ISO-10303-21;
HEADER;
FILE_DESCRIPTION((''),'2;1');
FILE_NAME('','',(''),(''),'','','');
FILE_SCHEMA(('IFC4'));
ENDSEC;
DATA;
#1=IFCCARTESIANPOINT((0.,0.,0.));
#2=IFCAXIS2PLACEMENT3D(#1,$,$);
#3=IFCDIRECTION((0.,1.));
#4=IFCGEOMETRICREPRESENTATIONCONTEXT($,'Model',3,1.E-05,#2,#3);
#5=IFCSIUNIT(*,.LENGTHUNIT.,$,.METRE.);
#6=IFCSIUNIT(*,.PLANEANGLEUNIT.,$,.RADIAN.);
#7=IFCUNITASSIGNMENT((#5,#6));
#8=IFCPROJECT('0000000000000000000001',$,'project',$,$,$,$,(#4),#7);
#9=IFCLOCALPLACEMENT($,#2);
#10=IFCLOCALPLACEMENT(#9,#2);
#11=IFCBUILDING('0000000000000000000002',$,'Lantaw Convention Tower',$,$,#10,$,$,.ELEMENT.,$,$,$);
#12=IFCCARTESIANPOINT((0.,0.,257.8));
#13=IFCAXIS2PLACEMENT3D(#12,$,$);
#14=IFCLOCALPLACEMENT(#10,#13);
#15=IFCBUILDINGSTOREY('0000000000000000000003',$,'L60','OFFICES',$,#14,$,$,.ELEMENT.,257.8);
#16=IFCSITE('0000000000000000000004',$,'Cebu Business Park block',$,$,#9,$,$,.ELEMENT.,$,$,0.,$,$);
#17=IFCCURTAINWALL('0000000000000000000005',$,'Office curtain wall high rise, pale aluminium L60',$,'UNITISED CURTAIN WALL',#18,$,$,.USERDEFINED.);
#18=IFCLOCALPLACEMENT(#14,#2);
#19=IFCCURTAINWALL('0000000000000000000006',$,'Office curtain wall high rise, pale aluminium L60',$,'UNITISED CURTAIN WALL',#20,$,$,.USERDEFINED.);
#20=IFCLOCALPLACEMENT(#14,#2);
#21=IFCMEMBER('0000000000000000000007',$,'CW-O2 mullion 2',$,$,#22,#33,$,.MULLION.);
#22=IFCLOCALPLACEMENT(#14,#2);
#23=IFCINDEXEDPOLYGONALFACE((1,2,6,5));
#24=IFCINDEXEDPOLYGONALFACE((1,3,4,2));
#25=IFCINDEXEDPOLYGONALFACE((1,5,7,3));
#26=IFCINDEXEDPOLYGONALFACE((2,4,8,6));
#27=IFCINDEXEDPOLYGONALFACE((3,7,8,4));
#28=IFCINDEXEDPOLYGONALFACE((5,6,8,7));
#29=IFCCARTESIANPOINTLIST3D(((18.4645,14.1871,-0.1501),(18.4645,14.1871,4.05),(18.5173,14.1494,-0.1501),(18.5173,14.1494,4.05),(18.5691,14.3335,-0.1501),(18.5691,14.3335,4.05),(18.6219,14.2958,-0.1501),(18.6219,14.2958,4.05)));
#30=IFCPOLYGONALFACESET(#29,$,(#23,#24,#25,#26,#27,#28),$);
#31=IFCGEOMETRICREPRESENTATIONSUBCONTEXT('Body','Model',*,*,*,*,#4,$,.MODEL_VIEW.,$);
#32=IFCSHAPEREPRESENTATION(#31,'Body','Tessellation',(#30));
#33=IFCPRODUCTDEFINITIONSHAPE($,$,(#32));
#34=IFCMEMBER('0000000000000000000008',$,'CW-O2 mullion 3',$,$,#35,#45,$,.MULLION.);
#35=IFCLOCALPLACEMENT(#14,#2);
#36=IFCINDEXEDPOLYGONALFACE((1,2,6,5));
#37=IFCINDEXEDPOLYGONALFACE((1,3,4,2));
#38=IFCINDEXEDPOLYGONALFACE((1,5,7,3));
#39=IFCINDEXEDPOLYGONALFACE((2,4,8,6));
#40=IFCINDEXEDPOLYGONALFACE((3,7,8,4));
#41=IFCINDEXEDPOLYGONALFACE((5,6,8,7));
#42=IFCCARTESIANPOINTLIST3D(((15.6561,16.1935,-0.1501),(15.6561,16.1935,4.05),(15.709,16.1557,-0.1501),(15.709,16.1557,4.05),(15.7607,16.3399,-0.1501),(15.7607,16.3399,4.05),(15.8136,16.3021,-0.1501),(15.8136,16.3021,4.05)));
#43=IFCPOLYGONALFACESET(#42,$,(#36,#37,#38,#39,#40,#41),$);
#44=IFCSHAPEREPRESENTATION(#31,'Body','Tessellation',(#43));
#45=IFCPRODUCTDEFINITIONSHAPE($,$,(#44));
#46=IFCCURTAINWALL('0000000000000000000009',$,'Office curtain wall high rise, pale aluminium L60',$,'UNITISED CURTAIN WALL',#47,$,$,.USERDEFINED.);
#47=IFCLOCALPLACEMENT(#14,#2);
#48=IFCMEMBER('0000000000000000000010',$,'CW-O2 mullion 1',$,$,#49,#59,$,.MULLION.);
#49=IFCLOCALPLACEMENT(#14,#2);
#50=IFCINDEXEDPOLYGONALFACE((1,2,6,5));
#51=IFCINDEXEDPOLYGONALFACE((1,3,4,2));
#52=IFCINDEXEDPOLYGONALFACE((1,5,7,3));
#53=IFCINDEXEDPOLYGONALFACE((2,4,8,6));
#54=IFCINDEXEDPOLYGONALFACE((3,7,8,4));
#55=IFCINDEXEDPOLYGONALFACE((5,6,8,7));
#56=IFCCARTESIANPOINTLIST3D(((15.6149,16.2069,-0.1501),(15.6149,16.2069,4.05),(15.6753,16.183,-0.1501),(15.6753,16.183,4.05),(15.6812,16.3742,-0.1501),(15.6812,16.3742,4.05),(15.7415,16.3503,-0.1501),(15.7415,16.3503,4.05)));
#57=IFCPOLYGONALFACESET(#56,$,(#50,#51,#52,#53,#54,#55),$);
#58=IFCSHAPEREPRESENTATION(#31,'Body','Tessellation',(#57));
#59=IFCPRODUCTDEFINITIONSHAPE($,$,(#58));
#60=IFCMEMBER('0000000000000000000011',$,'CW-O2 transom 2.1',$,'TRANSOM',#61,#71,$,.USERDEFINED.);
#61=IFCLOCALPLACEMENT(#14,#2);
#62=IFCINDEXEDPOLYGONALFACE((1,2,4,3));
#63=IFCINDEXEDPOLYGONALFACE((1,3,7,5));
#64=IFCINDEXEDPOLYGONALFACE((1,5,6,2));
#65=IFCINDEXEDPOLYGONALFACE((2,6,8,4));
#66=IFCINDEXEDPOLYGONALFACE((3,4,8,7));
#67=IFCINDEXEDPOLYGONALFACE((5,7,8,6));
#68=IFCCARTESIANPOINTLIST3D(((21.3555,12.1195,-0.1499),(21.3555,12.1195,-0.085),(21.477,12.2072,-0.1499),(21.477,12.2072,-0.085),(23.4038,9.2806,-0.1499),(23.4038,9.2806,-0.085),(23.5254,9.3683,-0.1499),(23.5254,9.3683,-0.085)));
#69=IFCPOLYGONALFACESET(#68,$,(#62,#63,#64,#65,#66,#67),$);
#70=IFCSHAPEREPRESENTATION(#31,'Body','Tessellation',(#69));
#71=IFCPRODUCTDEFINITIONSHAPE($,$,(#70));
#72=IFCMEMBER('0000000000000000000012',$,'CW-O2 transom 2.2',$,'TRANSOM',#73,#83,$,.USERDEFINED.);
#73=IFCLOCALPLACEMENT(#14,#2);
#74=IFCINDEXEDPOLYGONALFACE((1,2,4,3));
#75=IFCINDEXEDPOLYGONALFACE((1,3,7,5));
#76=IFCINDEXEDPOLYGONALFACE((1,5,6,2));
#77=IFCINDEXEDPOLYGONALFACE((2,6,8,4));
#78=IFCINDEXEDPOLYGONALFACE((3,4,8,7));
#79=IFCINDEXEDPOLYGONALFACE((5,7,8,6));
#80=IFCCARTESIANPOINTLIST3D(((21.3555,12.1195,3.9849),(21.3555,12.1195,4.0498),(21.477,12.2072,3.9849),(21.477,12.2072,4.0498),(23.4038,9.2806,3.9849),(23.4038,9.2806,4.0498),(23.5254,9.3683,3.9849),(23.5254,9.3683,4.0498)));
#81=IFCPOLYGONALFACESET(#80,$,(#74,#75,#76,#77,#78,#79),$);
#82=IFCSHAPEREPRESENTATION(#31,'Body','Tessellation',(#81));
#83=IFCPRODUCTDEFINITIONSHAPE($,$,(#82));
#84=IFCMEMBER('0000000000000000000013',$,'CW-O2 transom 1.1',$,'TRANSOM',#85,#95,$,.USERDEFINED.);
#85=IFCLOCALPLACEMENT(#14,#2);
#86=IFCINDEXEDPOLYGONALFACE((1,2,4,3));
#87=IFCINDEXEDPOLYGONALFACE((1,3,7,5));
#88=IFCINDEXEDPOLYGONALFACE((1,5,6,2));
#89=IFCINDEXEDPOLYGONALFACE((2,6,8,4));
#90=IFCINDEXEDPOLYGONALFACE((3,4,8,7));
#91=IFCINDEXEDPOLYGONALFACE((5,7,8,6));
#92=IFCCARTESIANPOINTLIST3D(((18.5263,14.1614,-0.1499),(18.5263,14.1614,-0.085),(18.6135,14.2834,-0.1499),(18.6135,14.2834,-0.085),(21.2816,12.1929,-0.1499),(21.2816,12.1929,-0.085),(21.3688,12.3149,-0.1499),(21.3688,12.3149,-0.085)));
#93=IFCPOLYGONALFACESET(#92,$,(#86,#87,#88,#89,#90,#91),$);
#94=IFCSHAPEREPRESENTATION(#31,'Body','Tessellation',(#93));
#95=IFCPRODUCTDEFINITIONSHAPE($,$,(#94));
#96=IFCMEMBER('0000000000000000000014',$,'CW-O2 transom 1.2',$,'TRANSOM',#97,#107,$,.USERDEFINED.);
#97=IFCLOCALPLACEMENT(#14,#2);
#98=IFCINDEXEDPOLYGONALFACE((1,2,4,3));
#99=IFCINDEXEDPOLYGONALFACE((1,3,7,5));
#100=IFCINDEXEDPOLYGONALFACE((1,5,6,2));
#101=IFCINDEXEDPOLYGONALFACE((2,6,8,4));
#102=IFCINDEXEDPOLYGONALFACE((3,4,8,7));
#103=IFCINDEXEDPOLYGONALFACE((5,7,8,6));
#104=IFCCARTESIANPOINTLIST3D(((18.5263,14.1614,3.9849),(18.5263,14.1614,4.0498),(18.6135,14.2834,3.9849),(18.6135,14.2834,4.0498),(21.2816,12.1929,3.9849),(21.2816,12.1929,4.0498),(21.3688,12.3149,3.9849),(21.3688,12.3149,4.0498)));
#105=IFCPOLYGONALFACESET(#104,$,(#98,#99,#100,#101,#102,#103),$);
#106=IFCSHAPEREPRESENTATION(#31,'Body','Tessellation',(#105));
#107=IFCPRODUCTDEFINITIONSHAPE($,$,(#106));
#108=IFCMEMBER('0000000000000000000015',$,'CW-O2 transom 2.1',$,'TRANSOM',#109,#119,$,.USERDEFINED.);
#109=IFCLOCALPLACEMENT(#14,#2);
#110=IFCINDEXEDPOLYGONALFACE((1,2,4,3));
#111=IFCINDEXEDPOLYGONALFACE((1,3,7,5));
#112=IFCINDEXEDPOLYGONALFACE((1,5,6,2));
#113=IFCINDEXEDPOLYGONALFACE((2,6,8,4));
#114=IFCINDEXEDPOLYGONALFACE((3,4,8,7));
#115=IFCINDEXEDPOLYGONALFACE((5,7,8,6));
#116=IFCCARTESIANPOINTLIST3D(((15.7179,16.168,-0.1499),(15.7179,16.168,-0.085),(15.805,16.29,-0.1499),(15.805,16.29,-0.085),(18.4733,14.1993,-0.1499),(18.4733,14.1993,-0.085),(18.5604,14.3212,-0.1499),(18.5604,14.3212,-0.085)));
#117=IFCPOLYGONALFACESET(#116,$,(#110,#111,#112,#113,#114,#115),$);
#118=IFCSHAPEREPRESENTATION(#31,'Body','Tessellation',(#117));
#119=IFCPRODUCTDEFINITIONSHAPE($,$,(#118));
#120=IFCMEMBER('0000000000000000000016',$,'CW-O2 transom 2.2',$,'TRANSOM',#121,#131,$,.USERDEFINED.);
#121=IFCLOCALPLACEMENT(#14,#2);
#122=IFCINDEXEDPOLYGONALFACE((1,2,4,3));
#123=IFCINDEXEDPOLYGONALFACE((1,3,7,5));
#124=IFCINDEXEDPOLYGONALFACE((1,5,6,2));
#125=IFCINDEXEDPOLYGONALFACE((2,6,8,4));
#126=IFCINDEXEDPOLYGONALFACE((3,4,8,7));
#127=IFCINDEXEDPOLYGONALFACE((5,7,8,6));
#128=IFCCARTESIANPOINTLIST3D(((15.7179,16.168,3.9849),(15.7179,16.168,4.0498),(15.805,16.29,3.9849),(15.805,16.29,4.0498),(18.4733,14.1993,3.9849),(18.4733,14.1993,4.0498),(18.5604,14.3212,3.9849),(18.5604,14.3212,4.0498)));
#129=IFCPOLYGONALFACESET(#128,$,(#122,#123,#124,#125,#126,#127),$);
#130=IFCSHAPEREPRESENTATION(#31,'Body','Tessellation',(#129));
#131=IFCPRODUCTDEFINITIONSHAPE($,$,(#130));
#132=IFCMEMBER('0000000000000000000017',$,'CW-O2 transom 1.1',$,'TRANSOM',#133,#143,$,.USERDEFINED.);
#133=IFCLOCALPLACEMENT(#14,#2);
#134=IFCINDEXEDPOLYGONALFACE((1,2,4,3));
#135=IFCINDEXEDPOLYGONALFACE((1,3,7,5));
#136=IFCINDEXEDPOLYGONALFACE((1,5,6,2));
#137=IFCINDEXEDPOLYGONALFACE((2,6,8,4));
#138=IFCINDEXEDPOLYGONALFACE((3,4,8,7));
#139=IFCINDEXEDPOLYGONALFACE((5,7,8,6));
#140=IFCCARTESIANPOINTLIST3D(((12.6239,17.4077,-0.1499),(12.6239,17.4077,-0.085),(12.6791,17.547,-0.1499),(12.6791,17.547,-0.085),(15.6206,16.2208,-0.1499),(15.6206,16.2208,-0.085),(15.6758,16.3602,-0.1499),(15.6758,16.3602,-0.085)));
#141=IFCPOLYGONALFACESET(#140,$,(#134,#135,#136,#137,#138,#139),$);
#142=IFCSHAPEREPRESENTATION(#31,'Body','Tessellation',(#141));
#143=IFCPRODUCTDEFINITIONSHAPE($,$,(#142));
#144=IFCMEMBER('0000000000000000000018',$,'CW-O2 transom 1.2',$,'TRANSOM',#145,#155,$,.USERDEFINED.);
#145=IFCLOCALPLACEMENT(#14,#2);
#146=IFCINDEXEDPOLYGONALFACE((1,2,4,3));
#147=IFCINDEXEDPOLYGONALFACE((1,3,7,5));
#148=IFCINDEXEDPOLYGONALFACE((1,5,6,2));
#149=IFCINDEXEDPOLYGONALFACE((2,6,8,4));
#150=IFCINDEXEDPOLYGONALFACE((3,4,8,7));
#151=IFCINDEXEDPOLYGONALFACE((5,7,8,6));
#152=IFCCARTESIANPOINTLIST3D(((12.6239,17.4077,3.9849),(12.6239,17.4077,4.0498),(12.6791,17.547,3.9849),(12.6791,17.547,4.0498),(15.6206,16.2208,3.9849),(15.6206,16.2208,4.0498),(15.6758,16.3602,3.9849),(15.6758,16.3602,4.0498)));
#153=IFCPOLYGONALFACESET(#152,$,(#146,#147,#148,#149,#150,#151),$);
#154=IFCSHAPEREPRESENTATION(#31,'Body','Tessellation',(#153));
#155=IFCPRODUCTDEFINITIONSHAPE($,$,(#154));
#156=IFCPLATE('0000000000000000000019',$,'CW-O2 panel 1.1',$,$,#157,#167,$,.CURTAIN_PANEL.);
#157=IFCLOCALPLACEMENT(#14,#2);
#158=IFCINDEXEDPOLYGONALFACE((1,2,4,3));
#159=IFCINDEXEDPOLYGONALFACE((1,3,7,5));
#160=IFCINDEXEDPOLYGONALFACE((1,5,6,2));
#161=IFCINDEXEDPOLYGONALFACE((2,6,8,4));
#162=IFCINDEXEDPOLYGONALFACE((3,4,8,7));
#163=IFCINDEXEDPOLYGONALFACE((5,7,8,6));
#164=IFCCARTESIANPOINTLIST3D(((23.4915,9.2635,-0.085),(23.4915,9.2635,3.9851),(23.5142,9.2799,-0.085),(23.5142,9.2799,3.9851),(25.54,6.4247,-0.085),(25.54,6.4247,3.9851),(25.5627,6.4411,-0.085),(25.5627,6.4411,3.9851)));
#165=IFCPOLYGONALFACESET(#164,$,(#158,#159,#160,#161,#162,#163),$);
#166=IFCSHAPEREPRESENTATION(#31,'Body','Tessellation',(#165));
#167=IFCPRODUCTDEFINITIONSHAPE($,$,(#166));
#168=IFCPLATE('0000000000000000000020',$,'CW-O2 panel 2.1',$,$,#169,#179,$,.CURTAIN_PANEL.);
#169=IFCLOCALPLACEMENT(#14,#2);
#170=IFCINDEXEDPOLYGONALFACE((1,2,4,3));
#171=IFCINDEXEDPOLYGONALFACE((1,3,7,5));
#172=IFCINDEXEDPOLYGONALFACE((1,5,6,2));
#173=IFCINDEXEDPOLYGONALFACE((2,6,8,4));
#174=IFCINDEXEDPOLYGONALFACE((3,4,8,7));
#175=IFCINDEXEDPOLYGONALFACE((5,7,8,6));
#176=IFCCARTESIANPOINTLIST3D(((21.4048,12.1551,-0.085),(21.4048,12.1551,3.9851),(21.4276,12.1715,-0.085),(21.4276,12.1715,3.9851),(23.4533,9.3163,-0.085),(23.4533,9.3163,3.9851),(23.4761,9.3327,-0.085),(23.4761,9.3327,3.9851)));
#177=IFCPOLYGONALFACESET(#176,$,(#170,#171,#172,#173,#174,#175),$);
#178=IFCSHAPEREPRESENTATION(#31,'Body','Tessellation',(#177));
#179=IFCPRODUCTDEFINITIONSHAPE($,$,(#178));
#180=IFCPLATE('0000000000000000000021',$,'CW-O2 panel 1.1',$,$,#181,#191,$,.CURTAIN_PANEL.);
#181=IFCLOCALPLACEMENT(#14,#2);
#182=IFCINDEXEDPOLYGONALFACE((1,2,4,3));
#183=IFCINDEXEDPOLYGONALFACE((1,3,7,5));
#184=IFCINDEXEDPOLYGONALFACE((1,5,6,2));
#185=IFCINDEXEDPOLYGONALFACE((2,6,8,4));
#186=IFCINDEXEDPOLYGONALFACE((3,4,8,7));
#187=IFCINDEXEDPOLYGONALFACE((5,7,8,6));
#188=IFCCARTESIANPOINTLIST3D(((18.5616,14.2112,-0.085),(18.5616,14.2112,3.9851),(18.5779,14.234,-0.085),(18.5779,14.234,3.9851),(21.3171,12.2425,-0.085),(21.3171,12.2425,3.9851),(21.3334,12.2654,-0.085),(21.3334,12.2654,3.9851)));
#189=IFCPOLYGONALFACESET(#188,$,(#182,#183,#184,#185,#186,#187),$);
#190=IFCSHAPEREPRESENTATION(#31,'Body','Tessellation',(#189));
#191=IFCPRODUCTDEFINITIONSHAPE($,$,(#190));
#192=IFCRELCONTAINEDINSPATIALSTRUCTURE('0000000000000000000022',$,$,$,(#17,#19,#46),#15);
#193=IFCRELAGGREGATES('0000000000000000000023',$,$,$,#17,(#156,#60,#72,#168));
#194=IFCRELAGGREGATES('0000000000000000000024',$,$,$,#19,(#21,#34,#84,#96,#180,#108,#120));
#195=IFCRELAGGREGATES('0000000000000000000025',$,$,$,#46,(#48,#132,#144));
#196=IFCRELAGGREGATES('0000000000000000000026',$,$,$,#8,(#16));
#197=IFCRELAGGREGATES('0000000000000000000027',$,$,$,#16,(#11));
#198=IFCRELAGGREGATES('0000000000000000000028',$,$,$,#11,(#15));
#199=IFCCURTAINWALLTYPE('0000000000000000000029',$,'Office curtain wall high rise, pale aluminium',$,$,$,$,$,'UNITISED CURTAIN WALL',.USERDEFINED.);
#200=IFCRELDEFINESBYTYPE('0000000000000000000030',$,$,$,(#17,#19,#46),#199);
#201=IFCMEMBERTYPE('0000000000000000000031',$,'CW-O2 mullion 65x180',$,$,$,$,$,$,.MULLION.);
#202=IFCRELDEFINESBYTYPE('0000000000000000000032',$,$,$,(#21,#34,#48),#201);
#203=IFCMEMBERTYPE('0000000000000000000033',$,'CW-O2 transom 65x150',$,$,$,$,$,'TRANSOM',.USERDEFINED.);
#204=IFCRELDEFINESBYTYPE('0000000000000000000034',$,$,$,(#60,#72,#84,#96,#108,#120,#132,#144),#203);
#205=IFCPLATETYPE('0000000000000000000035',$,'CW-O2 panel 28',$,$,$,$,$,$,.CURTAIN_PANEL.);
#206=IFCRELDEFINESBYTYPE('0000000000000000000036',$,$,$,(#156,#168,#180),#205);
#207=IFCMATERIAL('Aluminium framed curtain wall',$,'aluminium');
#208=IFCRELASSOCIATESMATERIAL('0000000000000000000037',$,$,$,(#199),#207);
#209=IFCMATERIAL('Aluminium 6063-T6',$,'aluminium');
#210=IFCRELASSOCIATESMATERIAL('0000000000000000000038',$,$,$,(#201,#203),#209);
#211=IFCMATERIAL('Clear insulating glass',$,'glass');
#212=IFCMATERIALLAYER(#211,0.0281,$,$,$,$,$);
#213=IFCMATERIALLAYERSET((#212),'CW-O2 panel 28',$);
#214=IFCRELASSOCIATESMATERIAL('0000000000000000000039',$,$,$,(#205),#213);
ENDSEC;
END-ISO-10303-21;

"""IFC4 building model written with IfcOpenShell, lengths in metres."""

from ifc_helpers import new_model, si_unit, direction, frame, origin, origin_2d, place, context, subcontext, project, spatial, rectangle, extrude, material, layer, layer_set, material_profile, profile_set, type_object, element, aggregate, save


model = new_model("IFC4")

# Units and contexts
model_context = context("Model", 3, precision=1e-05, world=origin(), true_north=direction((0.0, 1.0)))
body_context = subcontext(model_context, "Body", "Model", "MODEL_VIEW")
ifc_project = project(units=[si_unit("LENGTHUNIT", "METRE"), si_unit("PLANEANGLEUNIT", "RADIAN")], contexts=[model_context])

# Site, building, storey
site_placement = place(None, origin())
site = spatial("IfcSite", under=ifc_project, at=site_placement, Name="Cebu Business Park block", CompositionType="ELEMENT", RefElevation=0.0)
building_placement = place(site_placement, origin())
building = spatial("IfcBuilding", under=site, at=building_placement, Name="Lantaw Convention Tower", CompositionType="ELEMENT")
storey_placement = place(building_placement, frame((0.0, 0.0, 257.8)))
storey = spatial("IfcBuildingStorey", under=building, at=storey_placement, Name="L60", Description="OFFICES", CompositionType="ELEMENT", Elevation=257.8)

# Curtain walls, members
ifc_material_1 = material(Name="Aluminium framed curtain wall", Category="aluminium")
curtain_wall_type = type_object("IfcCurtainWallType", Name="Office curtain wall high rise, pale aluminium", ElementType="UNITISED CURTAIN WALL", PredefinedType="USERDEFINED", material=ifc_material_1)
curtain_wall_1_placement = place(storey_placement, origin())
curtain_wall_1 = element("IfcCurtainWall", 1, at=curtain_wall_1_placement, inside=storey, type_object=curtain_wall_type, Name="Office curtain wall high rise, pale aluminium L60", ObjectType="UNITISED CURTAIN WALL", PredefinedType="USERDEFINED")
ifc_material_2 = material(Name="Aluminium 6063-T6", Category="aluminium")
ifc_material_profile_1 = material_profile(ifc_material_2, rectangle(XDim=0.1799, YDim=0.0649, at=origin_2d()), Name="CW-O2 mullion 65x180")
ifc_profile_set_1 = profile_set([ifc_material_profile_1], Name="Aluminium 6063-T6")
member_type_1 = type_object("IfcMemberType", Name="CW-O2 mullion 65x180", PredefinedType="MULLION", material=ifc_profile_set_1)
curtain_wall_2_placement = place(storey_placement, origin())
curtain_wall_2 = element("IfcCurtainWall", 2, at=curtain_wall_2_placement, inside=storey, type_object=curtain_wall_type, Name="Office curtain wall high rise, pale aluminium L60", ObjectType="UNITISED CURTAIN WALL", PredefinedType="USERDEFINED")
member_1_placement = place(storey_placement, frame((18.5432, 14.2415, -0.1501), z_axis=(0.0, 0.0, 1.0), x_axis=(-0.581323, -0.813673, 0.0)))
member_1 = element("IfcMember", 3, at=member_1_placement, type_object=member_type_1, Name="CW-O2 mullion 2", PredefinedType="MULLION", context=body_context, shape_type="SweptSolid", body=[
    extrude(rectangle(XDim=0.1799, YDim=0.0649, at=origin_2d()), origin(), (0.0, 0.0, 1.0), 4.2002),
])
member_2_placement = place(storey_placement, frame((15.7349, 16.2478, -0.1501), z_axis=(0.0, 0.0, 1.0), x_axis=(-0.581323, -0.813673, 0.0)))
member_2 = element("IfcMember", 4, at=member_2_placement, type_object=member_type_1, Name="CW-O2 mullion 3", PredefinedType="MULLION", context=body_context, shape_type="SweptSolid", body=[
    extrude(rectangle(XDim=0.1799, YDim=0.0649, at=origin_2d()), origin(), (0.0, 0.0, 1.0), 4.2002),
])

# Curtain wall, member
curtain_wall_3_placement = place(storey_placement, origin())
curtain_wall_3 = element("IfcCurtainWall", 5, at=curtain_wall_3_placement, inside=storey, type_object=curtain_wall_type, Name="Office curtain wall high rise, pale aluminium L60", ObjectType="UNITISED CURTAIN WALL", PredefinedType="USERDEFINED")
member_3_placement = place(storey_placement, frame((15.6782, 16.2786, -0.1501), z_axis=(0.0, 0.0, 1.0), x_axis=(-0.368162, -0.929762, 0.0)))
member_3 = element("IfcMember", 6, at=member_3_placement, type_object=member_type_1, Name="CW-O2 mullion 1", PredefinedType="MULLION", context=body_context, shape_type="SweptSolid", body=[
    extrude(rectangle(XDim=0.1799, YDim=0.0649, at=origin_2d()), origin(), (0.0, 0.0, 1.0), 4.2002),
])

# Members
ifc_material_profile_2 = material_profile(ifc_material_2, rectangle(XDim=0.1499, YDim=0.0649, at=origin_2d()), Name="CW-O2 transom 65x150")
ifc_profile_set_2 = profile_set([ifc_material_profile_2], Name="Aluminium 6063-T6")
member_type_2 = type_object("IfcMemberType", Name="CW-O2 transom 65x150", ElementType="TRANSOM", PredefinedType="USERDEFINED", material=ifc_profile_set_2)
member_4_placement = place(storey_placement, frame((23.4646, 9.3245, -0.1174), z_axis=(-0.585124, 0.810944, 0.0), x_axis=(-0.810944, -0.585124, 0.0)))
member_4 = element("IfcMember", 7, at=member_4_placement, type_object=member_type_2, Name="CW-O2 transom 2.1", ObjectType="TRANSOM", PredefinedType="USERDEFINED", context=body_context, shape_type="SweptSolid", body=[
    extrude(rectangle(XDim=0.1499, YDim=0.0649, at=origin_2d()), origin(), (0.0, 0.0, 1.0), 3.5007),
])
member_5_placement = place(storey_placement, frame((23.4646, 9.3245, 4.0173), z_axis=(-0.585124, 0.810944, 0.0), x_axis=(-0.810944, -0.585124, 0.0)))
member_5 = element("IfcMember", 8, at=member_5_placement, type_object=member_type_2, Name="CW-O2 transom 2.2", ObjectType="TRANSOM", PredefinedType="USERDEFINED", context=body_context, shape_type="SweptSolid", body=[
    extrude(rectangle(XDim=0.1499, YDim=0.0649, at=origin_2d()), origin(), (0.0, 0.0, 1.0), 3.5007),
])
member_6_placement = place(storey_placement, frame((21.3252, 12.2539, -0.1174), z_axis=(-0.81368, 0.581313, 0.0), x_axis=(-0.581313, -0.81368, 0.0)))
member_6 = element("IfcMember", 9, at=member_6_placement, type_object=member_type_2, Name="CW-O2 transom 1.1", ObjectType="TRANSOM", PredefinedType="USERDEFINED", context=body_context, shape_type="SweptSolid", body=[
    extrude(rectangle(XDim=0.1499, YDim=0.0649, at=origin_2d()), origin(), (0.0, 0.0, 1.0), 3.3862),
])
member_7_placement = place(storey_placement, frame((21.3252, 12.2539, 4.0173), z_axis=(-0.81368, 0.581313, 0.0), x_axis=(-0.581313, -0.81368, 0.0)))
member_7 = element("IfcMember", 10, at=member_7_placement, type_object=member_type_2, Name="CW-O2 transom 1.2", ObjectType="TRANSOM", PredefinedType="USERDEFINED", context=body_context, shape_type="SweptSolid", body=[
    extrude(rectangle(XDim=0.1499, YDim=0.0649, at=origin_2d()), origin(), (0.0, 0.0, 1.0), 3.3862),
])
member_8_placement = place(storey_placement, frame((18.5168, 14.2603, -0.1174), z_axis=(-0.813646, 0.581361, 0.0), x_axis=(-0.581361, -0.813646, 0.0)))
member_8 = element("IfcMember", 11, at=member_8_placement, type_object=member_type_2, Name="CW-O2 transom 2.1", ObjectType="TRANSOM", PredefinedType="USERDEFINED", context=body_context, shape_type="SweptSolid", body=[
    extrude(rectangle(XDim=0.1499, YDim=0.0649, at=origin_2d()), origin(), (0.0, 0.0, 1.0), 3.3865),
])
member_9_placement = place(storey_placement, frame((18.5168, 14.2603, 4.0173), z_axis=(-0.813646, 0.581361, 0.0), x_axis=(-0.581361, -0.813646, 0.0)))
member_9 = element("IfcMember", 12, at=member_9_placement, type_object=member_type_2, Name="CW-O2 transom 2.2", ObjectType="TRANSOM", PredefinedType="USERDEFINED", context=body_context, shape_type="SweptSolid", body=[
    extrude(rectangle(XDim=0.1499, YDim=0.0649, at=origin_2d()), origin(), (0.0, 0.0, 1.0), 3.3865),
])
member_10_placement = place(storey_placement, frame((15.6482, 16.2905, -0.1174), z_axis=(-0.929741, 0.368215, 0.0), x_axis=(-0.368215, -0.929741, 0.0)))
member_10 = element("IfcMember", 13, at=member_10_placement, type_object=member_type_2, Name="CW-O2 transom 1.1", ObjectType="TRANSOM", PredefinedType="USERDEFINED", context=body_context, shape_type="SweptSolid", body=[
    extrude(rectangle(XDim=0.1499, YDim=0.0649, at=origin_2d()), origin(), (0.0, 0.0, 1.0), 3.2231),
])
member_11_placement = place(storey_placement, frame((15.6482, 16.2905, 4.0173), z_axis=(-0.929741, 0.368215, 0.0), x_axis=(-0.368215, -0.929741, 0.0)))
member_11 = element("IfcMember", 14, at=member_11_placement, type_object=member_type_2, Name="CW-O2 transom 1.2", ObjectType="TRANSOM", PredefinedType="USERDEFINED", context=body_context, shape_type="SweptSolid", body=[
    extrude(rectangle(XDim=0.1499, YDim=0.0649, at=origin_2d()), origin(), (0.0, 0.0, 1.0), 3.2231),
])

# Plates
ifc_material_3 = material(Name="Clear insulating glass", Category="glass")
ifc_layer_1 = layer(ifc_material_3, 0.0281)
ifc_layer_set_1 = layer_set([ifc_layer_1], Name="CW-O2 panel 28")
plate_type_1 = type_object("IfcPlateType", Name="CW-O2 panel 28", PredefinedType="CURTAIN_PANEL", material=ifc_layer_set_1)
plate_1_placement = place(storey_placement, frame((24.5271, 7.8523, -0.085), z_axis=(0.0, 0.0, 1.0), x_axis=(-0.585158, 0.81092, 0.0)))
plate_1 = element("IfcPlate", 15, at=plate_1_placement, type_object=plate_type_1, Name="CW-O2 panel 1.1", PredefinedType="CURTAIN_PANEL", context=body_context, shape_type="SweptSolid", body=[
    extrude(rectangle(XDim=3.5007, YDim=0.0281, at=origin_2d()), origin(), (0.0, 0.0, 1.0), 4.0701),
])
plate_2_placement = place(storey_placement, frame((22.4404, 10.7439, -0.085), z_axis=(0.0, 0.0, 1.0), x_axis=(-0.585158, 0.81092, 0.0)))
plate_2 = element("IfcPlate", 16, at=plate_2_placement, type_object=plate_type_1, Name="CW-O2 panel 2.1", PredefinedType="CURTAIN_PANEL", context=body_context, shape_type="SweptSolid", body=[
    extrude(rectangle(XDim=3.5007, YDim=0.0281, at=origin_2d()), origin(), (0.0, 0.0, 1.0), 4.0701),
])
aggregate(curtain_wall_1, [plate_1, member_4, member_5, plate_2])
plate_3_placement = place(storey_placement, frame((19.9475, 13.2383, -0.085), z_axis=(0.0, 0.0, 1.0), x_axis=(-0.813673, 0.581323, 0.0)))
plate_3 = element("IfcPlate", 17, at=plate_3_placement, type_object=plate_type_1, Name="CW-O2 panel 1.1", PredefinedType="CURTAIN_PANEL", context=body_context, shape_type="SweptSolid", body=[
    extrude(rectangle(XDim=3.3865, YDim=0.0281, at=origin_2d()), origin(), (0.0, 0.0, 1.0), 4.0701),
])
aggregate(curtain_wall_2, [member_1, member_2, member_6, member_7, plate_3, member_8, member_9])
aggregate(curtain_wall_3, [member_3, member_10, member_11])

save(model, "model.ifc")
